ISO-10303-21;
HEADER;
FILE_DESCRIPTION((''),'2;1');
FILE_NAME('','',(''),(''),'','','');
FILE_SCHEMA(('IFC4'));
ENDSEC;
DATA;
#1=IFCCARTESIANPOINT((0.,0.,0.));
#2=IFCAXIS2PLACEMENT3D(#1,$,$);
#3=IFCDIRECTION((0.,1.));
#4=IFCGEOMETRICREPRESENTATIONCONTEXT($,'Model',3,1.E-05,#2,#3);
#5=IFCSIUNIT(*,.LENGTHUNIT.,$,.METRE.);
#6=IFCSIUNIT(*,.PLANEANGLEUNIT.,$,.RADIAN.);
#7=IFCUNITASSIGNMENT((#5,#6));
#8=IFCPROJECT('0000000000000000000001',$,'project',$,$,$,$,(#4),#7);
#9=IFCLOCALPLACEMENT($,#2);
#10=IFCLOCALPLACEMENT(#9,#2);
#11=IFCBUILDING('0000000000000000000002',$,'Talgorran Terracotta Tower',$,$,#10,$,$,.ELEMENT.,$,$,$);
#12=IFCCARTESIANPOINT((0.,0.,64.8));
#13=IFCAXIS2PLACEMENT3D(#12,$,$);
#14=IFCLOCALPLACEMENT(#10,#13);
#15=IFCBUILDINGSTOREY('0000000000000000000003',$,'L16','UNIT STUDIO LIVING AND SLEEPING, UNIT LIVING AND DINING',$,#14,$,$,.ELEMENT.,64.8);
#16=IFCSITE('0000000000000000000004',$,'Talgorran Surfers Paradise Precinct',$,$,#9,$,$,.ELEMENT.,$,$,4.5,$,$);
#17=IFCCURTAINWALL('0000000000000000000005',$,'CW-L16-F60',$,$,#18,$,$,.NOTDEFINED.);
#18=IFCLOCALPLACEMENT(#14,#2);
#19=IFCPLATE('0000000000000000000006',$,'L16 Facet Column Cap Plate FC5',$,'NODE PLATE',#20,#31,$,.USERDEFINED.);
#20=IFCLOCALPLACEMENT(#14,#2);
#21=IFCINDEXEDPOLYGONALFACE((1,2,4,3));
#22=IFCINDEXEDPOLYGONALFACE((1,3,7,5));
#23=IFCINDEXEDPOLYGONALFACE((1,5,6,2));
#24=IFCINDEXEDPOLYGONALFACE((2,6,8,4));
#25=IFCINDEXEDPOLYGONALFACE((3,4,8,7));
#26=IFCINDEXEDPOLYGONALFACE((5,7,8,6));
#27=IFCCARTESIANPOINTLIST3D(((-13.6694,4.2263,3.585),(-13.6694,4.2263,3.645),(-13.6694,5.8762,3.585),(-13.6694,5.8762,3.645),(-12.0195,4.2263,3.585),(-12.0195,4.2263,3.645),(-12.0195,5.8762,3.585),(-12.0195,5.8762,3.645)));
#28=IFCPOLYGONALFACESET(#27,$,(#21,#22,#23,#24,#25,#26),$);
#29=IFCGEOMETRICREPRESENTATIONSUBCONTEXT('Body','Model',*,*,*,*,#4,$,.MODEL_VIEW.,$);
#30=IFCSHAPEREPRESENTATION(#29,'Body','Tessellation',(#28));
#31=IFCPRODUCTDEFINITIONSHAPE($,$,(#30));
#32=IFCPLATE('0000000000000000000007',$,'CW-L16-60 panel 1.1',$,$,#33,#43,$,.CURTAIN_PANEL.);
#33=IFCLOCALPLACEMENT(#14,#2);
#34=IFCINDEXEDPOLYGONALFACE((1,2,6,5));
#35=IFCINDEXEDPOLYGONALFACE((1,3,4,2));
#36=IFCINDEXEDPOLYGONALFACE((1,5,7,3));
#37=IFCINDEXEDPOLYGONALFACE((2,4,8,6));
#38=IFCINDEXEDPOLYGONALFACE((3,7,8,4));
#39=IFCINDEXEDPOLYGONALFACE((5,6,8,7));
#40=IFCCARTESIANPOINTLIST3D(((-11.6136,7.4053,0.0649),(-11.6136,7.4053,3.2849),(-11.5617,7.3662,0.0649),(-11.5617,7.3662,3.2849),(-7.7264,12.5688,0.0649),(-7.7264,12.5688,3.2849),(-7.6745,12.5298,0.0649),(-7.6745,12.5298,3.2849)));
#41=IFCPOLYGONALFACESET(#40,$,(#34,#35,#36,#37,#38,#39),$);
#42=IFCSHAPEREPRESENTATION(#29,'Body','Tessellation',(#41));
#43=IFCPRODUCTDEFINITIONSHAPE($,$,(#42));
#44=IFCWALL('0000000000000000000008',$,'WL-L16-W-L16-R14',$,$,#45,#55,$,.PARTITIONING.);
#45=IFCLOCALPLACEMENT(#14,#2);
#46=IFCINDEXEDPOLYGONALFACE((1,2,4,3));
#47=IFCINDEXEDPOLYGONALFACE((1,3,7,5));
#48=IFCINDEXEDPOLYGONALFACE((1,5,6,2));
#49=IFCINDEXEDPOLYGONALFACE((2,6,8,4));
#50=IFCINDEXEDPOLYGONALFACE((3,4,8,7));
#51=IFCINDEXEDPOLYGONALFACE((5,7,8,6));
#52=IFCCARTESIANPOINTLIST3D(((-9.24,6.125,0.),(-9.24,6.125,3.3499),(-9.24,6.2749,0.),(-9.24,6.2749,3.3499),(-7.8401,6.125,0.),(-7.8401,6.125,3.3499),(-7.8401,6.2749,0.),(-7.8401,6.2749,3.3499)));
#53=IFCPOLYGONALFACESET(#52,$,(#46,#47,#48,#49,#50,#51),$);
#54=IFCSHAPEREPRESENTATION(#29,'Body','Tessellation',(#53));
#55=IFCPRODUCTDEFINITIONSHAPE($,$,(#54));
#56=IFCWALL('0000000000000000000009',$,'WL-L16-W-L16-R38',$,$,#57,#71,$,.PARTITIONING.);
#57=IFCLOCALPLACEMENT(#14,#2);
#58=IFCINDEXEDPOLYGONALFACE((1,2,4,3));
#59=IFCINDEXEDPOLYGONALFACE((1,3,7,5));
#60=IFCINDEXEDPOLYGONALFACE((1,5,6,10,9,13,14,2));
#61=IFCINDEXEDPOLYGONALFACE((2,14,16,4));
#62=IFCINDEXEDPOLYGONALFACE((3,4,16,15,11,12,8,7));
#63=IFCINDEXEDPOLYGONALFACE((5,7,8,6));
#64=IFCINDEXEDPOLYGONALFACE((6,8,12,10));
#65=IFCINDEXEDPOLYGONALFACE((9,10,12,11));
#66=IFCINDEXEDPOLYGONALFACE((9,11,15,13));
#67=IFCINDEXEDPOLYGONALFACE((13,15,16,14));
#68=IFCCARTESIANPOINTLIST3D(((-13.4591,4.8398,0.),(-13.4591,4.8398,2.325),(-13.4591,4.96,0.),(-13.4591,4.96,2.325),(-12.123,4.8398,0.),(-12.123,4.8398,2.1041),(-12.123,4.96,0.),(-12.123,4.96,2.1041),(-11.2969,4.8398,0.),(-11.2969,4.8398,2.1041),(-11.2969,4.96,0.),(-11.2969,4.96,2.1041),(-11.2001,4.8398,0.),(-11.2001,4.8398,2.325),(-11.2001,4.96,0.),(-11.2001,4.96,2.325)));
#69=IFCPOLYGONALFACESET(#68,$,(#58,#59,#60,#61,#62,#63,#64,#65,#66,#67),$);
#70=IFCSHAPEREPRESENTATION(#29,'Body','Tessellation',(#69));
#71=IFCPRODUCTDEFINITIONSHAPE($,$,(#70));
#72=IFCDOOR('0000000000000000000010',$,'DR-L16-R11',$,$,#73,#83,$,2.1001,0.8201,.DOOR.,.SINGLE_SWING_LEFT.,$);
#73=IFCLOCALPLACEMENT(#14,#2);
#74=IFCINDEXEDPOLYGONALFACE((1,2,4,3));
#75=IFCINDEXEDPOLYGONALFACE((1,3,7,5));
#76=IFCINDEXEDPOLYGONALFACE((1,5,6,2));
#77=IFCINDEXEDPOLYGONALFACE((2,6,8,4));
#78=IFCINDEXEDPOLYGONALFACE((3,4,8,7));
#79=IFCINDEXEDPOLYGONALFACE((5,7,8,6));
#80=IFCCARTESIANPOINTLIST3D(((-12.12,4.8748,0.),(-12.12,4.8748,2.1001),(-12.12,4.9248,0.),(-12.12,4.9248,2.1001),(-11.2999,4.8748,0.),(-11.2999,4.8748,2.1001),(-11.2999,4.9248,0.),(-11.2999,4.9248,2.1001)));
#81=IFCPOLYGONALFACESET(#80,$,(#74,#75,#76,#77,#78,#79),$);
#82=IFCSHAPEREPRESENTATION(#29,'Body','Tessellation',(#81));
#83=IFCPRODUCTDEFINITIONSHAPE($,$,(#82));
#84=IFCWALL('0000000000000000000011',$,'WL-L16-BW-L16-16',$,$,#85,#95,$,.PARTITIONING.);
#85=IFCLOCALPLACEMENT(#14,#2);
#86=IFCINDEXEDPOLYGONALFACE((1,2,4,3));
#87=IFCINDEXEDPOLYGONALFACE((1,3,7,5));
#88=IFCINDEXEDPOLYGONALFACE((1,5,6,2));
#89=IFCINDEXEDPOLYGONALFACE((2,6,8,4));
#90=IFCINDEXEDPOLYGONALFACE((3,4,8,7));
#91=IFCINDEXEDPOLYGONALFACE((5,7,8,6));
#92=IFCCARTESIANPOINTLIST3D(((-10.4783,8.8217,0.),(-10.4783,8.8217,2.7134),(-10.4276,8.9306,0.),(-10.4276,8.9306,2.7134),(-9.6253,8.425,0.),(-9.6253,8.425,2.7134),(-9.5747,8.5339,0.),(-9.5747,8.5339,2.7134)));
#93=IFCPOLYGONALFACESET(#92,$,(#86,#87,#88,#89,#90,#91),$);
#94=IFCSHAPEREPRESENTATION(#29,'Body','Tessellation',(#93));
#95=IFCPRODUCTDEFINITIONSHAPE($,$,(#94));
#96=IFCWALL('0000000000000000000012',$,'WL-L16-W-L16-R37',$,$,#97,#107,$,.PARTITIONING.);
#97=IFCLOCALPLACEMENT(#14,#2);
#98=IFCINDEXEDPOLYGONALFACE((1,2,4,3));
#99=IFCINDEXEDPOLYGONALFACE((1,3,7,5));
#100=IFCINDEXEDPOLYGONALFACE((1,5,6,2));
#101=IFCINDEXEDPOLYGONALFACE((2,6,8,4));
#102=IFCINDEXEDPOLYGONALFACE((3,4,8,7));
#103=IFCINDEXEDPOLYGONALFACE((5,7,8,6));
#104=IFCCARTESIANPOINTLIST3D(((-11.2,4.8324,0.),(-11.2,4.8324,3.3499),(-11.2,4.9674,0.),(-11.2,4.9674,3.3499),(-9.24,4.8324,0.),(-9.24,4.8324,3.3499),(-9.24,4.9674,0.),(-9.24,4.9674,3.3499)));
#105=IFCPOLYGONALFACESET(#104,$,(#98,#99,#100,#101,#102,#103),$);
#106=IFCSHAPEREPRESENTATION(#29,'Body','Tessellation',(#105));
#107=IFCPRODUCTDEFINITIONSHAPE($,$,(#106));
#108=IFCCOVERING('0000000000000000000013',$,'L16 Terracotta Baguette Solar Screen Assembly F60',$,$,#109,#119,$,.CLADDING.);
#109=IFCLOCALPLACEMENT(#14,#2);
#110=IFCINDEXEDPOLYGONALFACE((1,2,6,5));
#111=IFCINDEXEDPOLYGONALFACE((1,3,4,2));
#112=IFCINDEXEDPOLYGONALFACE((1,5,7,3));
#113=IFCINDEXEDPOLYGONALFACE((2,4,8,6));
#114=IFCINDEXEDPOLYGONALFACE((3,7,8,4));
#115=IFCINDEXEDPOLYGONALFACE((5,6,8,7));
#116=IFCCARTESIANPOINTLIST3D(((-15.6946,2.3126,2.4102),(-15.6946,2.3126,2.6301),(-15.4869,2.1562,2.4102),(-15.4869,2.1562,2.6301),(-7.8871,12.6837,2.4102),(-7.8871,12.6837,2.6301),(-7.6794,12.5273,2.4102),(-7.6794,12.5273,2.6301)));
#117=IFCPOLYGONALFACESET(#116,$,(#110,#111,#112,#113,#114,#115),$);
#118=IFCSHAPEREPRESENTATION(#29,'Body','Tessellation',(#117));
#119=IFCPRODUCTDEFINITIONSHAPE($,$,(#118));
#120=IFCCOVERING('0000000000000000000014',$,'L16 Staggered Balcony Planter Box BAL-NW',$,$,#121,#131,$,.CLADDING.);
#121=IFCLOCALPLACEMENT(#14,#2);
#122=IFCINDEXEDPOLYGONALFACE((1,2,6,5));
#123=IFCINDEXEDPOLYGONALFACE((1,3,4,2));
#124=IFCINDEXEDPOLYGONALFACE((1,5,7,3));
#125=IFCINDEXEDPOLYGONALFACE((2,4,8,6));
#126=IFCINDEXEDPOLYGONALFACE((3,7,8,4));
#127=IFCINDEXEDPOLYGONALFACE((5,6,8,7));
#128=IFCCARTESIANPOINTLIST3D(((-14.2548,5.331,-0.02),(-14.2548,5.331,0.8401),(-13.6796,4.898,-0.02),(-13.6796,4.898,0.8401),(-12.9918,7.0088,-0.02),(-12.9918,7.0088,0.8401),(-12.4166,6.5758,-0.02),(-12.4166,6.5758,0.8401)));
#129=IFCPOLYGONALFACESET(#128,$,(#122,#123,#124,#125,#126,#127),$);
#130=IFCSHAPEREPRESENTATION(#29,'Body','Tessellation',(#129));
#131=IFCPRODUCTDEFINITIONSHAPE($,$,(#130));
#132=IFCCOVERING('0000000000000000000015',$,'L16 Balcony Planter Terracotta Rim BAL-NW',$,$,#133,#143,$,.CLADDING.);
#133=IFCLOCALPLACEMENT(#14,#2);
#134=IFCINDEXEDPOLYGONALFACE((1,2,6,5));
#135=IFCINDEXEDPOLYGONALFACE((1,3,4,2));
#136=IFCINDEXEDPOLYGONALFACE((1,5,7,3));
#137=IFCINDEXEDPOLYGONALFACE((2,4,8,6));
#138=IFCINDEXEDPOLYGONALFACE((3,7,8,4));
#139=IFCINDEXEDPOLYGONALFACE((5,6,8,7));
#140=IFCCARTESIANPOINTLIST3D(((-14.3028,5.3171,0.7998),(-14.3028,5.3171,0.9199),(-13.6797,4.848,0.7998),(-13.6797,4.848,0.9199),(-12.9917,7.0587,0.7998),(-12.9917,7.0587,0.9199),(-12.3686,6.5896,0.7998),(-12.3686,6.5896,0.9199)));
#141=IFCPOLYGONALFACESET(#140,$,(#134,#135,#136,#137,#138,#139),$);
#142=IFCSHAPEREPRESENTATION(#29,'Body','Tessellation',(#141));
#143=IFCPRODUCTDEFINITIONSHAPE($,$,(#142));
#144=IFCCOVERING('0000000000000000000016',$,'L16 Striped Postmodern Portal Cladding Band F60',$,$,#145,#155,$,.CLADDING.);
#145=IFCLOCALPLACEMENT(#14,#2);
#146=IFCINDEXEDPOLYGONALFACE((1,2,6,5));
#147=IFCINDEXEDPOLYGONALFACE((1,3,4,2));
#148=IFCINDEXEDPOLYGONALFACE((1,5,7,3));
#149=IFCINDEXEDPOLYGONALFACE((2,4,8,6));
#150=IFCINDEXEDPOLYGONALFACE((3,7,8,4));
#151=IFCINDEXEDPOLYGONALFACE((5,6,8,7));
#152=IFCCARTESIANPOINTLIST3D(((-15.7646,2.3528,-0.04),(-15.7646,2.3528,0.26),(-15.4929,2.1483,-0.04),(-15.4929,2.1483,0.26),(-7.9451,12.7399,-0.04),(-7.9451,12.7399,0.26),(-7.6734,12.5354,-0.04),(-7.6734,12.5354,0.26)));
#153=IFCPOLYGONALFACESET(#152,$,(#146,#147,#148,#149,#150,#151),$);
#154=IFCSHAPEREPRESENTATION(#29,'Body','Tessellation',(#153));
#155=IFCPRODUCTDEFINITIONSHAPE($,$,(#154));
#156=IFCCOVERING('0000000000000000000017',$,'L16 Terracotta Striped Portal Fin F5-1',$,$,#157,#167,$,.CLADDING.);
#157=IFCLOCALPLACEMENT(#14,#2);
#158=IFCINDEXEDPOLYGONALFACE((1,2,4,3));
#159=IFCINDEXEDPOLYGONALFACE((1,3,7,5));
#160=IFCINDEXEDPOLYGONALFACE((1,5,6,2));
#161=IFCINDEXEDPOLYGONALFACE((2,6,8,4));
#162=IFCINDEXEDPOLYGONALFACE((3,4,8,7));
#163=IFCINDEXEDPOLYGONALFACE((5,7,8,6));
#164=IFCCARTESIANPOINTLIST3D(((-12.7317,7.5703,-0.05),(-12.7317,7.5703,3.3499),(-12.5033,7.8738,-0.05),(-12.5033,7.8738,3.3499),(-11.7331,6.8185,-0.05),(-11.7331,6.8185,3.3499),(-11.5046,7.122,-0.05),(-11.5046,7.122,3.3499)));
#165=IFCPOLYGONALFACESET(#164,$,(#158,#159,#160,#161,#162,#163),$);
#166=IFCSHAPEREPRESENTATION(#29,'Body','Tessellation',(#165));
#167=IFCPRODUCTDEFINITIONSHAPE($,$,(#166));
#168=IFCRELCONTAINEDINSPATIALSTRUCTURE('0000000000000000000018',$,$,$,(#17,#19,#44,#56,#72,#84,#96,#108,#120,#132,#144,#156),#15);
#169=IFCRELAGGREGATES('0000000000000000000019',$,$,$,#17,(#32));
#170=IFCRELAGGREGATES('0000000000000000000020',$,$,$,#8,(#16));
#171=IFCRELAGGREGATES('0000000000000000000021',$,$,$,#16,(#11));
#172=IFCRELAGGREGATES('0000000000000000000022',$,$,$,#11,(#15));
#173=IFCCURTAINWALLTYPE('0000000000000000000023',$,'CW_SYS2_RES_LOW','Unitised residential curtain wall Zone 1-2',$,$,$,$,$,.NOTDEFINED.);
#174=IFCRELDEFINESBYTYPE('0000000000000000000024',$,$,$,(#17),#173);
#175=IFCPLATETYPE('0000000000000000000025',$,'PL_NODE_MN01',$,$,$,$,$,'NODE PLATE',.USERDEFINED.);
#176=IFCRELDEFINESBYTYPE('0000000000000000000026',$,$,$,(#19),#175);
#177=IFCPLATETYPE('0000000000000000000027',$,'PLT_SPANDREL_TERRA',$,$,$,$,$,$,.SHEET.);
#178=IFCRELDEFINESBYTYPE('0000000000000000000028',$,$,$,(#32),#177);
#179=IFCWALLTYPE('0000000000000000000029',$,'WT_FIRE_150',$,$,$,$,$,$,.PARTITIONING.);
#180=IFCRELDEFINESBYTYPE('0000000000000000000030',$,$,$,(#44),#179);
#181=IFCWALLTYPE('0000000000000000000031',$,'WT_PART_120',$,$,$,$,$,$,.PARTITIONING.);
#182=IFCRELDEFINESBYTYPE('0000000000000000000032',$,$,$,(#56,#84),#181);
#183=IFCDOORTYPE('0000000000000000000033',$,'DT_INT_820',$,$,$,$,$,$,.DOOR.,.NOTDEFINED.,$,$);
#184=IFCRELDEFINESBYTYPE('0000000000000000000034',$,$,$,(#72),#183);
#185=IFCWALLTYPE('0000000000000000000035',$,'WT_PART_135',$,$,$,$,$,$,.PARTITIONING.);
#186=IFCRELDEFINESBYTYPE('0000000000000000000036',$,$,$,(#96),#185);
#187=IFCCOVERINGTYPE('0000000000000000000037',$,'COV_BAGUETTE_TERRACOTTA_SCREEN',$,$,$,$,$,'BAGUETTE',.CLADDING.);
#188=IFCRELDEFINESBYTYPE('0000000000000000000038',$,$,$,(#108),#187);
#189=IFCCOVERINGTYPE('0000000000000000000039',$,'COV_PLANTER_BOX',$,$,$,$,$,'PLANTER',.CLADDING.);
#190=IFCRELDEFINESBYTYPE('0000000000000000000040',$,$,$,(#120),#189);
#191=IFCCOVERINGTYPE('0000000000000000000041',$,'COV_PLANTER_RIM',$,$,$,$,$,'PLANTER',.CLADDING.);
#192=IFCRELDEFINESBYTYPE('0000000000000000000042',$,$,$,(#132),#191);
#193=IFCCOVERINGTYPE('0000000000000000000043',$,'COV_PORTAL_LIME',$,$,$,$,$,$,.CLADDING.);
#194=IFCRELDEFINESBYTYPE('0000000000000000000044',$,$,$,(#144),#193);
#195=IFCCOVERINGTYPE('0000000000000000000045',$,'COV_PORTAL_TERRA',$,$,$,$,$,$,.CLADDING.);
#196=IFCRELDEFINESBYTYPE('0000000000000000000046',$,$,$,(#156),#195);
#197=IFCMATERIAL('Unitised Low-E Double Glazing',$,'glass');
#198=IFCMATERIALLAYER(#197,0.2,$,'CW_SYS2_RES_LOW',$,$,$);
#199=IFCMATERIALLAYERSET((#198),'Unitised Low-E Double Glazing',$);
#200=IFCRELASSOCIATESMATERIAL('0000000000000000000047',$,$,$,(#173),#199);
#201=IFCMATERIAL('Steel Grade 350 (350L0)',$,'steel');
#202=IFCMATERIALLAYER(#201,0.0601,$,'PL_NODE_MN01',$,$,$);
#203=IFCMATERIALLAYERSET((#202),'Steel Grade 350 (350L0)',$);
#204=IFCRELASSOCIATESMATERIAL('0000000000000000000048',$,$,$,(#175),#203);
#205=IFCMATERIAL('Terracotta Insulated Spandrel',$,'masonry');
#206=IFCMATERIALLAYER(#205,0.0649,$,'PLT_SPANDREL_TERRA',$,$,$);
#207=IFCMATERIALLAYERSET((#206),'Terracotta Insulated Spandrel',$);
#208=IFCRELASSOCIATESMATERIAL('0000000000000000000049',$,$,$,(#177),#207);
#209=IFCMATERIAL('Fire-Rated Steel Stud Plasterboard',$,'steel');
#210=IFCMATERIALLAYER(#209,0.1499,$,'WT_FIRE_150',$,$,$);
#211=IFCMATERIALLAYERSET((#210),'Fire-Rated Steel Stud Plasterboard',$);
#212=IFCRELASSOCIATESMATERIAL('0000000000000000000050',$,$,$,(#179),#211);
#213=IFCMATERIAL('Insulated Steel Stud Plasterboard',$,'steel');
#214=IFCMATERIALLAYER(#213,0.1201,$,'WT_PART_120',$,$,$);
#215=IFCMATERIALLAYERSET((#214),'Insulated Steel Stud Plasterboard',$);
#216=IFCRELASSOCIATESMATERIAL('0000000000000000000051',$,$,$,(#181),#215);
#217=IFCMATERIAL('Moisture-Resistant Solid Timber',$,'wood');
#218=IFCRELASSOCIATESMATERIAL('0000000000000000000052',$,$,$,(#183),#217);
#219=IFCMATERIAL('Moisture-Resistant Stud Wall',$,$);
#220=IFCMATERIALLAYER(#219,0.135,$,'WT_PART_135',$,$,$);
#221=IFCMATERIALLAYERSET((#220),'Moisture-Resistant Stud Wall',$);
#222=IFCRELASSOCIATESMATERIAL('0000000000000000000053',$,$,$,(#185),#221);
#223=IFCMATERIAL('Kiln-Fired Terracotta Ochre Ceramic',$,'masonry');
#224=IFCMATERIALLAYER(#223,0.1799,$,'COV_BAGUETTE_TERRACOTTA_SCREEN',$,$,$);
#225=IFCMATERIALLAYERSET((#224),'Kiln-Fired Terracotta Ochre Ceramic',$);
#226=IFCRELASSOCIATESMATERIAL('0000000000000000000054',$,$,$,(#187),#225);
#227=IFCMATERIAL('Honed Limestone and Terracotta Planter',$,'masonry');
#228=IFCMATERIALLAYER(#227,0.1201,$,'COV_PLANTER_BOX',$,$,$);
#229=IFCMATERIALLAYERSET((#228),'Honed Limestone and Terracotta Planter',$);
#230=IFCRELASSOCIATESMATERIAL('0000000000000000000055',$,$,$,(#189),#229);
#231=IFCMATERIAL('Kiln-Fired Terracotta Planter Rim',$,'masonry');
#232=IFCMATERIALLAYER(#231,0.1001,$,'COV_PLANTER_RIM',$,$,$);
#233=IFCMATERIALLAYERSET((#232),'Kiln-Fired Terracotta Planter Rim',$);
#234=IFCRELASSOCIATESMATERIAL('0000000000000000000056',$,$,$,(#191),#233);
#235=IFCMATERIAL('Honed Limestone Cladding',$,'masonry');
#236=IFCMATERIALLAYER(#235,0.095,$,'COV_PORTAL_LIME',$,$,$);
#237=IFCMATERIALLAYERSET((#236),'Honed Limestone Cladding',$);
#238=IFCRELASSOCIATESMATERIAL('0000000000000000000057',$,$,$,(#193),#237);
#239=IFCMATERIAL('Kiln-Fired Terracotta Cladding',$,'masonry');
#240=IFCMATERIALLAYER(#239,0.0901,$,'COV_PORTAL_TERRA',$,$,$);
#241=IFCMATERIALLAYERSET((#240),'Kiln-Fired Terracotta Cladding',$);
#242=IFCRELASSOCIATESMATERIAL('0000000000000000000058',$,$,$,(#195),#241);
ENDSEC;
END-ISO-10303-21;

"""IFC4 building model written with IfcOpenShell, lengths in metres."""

from ifc_helpers import new_model, si_unit, direction, frame, frame_2d, origin, origin_2d, place, context, subcontext, project, spatial, rectangle, extrude, source, transform, mapped, material, layer, layer_set, type_object, type_shapes, element, fill, aggregate, save


model = new_model("IFC4")

# Units and contexts
model_context = context("Model", 3, precision=1e-05, world=origin(), true_north=direction((0.0, 1.0)))
body_context = subcontext(model_context, "Body", "Model", "MODEL_VIEW")
ifc_project = project(units=[si_unit("LENGTHUNIT", "METRE"), si_unit("PLANEANGLEUNIT", "RADIAN")], contexts=[model_context])

# Site, building, storey
site_placement = place(None, origin())
site = spatial("IfcSite", under=ifc_project, at=site_placement, Name="Talgorran Surfers Paradise Precinct", CompositionType="ELEMENT", RefElevation=4.5)
building_placement = place(site_placement, origin())
building = spatial("IfcBuilding", under=site, at=building_placement, Name="Talgorran Terracotta Tower", CompositionType="ELEMENT")
storey_placement = place(building_placement, frame((0.0, 0.0, 64.8)))
storey = spatial("IfcBuildingStorey", under=building, at=storey_placement, Name="L16", Description="UNIT STUDIO LIVING AND SLEEPING, UNIT LIVING AND DINING", CompositionType="ELEMENT", Elevation=64.8)

# Shared definitions
ifc_material_1 = material(Name="Steel Grade 350 (350L0)", Category="steel")

# Curtain wall
ifc_material_2 = material(Name="Unitised Low-E Double Glazing", Category="glass")
ifc_layer_1 = layer(ifc_material_2, 0.2, Name="CW_SYS2_RES_LOW")
ifc_layer_set_1 = layer_set([ifc_layer_1], Name="Unitised Low-E Double Glazing")
curtain_wall_type = type_object("IfcCurtainWallType", Name="CW_SYS2_RES_LOW", Description="Unitised residential curtain wall Zone 1-2", PredefinedType="NOTDEFINED", material=ifc_layer_set_1)
curtain_wall_placement = place(storey_placement, origin())
curtain_wall = element("IfcCurtainWall", 1, at=curtain_wall_placement, inside=storey, type_object=curtain_wall_type, Name="CW-L16-F60", PredefinedType="NOTDEFINED")

# Plate
ifc_layer_2 = layer(ifc_material_1, 0.0601, Name="PL_NODE_MN01")
ifc_layer_set_2 = layer_set([ifc_layer_2], Name="Steel Grade 350 (350L0)")
plate_type_1 = type_object("IfcPlateType", Name="PL_NODE_MN01", ElementType="NODE PLATE", PredefinedType="USERDEFINED", material=ifc_layer_set_2)
plate_1_placement = place(storey_placement, frame((-12.8445, 5.0513, 3.585), z_axis=(0.0, 0.0, 1.0), x_axis=(1.0, 0.0, 0.0)))
element("IfcPlate", 2, at=plate_1_placement, inside=storey, type_object=plate_type_1, Name="L16 Facet Column Cap Plate FC5", ObjectType="NODE PLATE", PredefinedType="USERDEFINED", context=body_context, shape_type="SweptSolid", body=[
    extrude(rectangle(XDim=1.6499, YDim=1.6499, at=origin_2d()), origin(), (0.0, 0.0, 1.0), 0.0601),
])

# Plate
ifc_material_3 = material(Name="Terracotta Insulated Spandrel", Category="masonry")
ifc_layer_3 = layer(ifc_material_3, 0.0649, Name="PLT_SPANDREL_TERRA")
ifc_layer_set_3 = layer_set([ifc_layer_3], Name="Terracotta Insulated Spandrel")
plate_type_2 = type_object("IfcPlateType", Name="PLT_SPANDREL_TERRA", PredefinedType="SHEET", material=ifc_layer_set_3)
shared_shape = source(origin(), body_context, "Body", "SweptSolid", [
    extrude(rectangle(XDim=6.4631, YDim=0.0649, at=origin_2d()), origin(), (0.0, 0.0, 1.0), 3.22),
])
type_shapes(plate_type_2, [shared_shape])
plate_2_placement = place(storey_placement, frame((-9.644, 9.9675, 0.0649), z_axis=(0.0, 0.0, 1.0), x_axis=(-0.601439, -0.798919, 0.0)))
plate_2 = element("IfcPlate", 3, at=plate_2_placement, type_object=plate_type_2, Name="CW-L16-60 panel 1.1", PredefinedType="CURTAIN_PANEL", context=body_context, shape_type="MappedRepresentation", body=[
    mapped(shared_shape, transform((0.0, 0.0, 0.0), scale=1.0)),
])
aggregate(curtain_wall, [plate_2])

# Wall
ifc_material_4 = material(Name="Fire-Rated Steel Stud Plasterboard", Category="steel")
ifc_layer_4 = layer(ifc_material_4, 0.1499, Name="WT_FIRE_150")
ifc_layer_set_4 = layer_set([ifc_layer_4], Name="Fire-Rated Steel Stud Plasterboard")
wall_type_1 = type_object("IfcWallType", Name="WT_FIRE_150", PredefinedType="PARTITIONING", material=ifc_layer_set_4)
wall_1_placement = place(storey_placement, frame((-9.24, 6.2, 0.0), z_axis=(0.0, 0.0, 1.0), x_axis=(1.0, 0.0, 0.0)))
element("IfcWall", 4, at=wall_1_placement, inside=storey, type_object=wall_type_1, Name="WL-L16-W-L16-R14", PredefinedType="PARTITIONING", context=body_context, shape_type="SweptSolid", body=[
    extrude(rectangle(XDim=1.3999, YDim=0.1499, at=frame_2d((0.7, 0.0))), origin(), (0.0, 0.0, 1.0), 3.3499),
])

# Wall, opening, door
ifc_material_5 = material(Name="Insulated Steel Stud Plasterboard", Category="steel")
ifc_layer_5 = layer(ifc_material_5, 0.1201, Name="WT_PART_120")
ifc_layer_set_5 = layer_set([ifc_layer_5], Name="Insulated Steel Stud Plasterboard")
wall_type_2 = type_object("IfcWallType", Name="WT_PART_120", PredefinedType="PARTITIONING", material=ifc_layer_set_5)
wall_2_placement = place(storey_placement, frame((-13.459, 4.8999, 0.0), z_axis=(0.0, 0.0, 1.0), x_axis=(1.0, 0.0, 0.0)))
wall_2 = element("IfcWall", 5, at=wall_2_placement, inside=storey, type_object=wall_type_2, Name="WL-L16-W-L16-R38", PredefinedType="PARTITIONING", context=body_context, shape_type="SweptSolid", body=[
    extrude(rectangle(XDim=2.259, YDim=0.1201, at=frame_2d((1.1294, 0.0))), origin(), (0.0, 0.0, 1.0), 2.325),
])
opening_placement = place(wall_2_placement, frame((1.3389, 0.0, 0.0)))
opening = element("IfcOpeningElement", 6, at=opening_placement, cuts=wall_2, PredefinedType="OPENING", context=body_context, shape_type="SweptSolid", body=[
    extrude(rectangle(XDim=0.8261, YDim=2.1041, at=frame_2d((0.4102, 1.052))), frame((0.0, 0.0701, 0.0), z_axis=(0.0, -1.0, 0.0), x_axis=(1.0, 0.0, 0.0)), (0.0, 0.0, 1.0), 0.1401),
])
ifc_material_6 = material(Name="Moisture-Resistant Solid Timber", Category="wood")
door_type = type_object("IfcDoorType", Name="DT_INT_820", OperationType="NOTDEFINED", PredefinedType="DOOR", material=ifc_material_6)
door_placement = place(opening_placement, origin())
door = element("IfcDoor", 7, at=door_placement, inside=storey, type_object=door_type, Name="DR-L16-R11", OperationType="SINGLE_SWING_LEFT", OverallHeight=2.1001, OverallWidth=0.8201, PredefinedType="DOOR", context=body_context, shape_type="SweptSolid", body=[
    extrude(rectangle(XDim=0.8201, YDim=2.1001, at=frame_2d((0.4102, 1.05))), frame((0.0, 0.0249, 0.0), z_axis=(0.0, -1.0, 0.0), x_axis=(1.0, 0.0, 0.0)), (0.0, 0.0, 1.0), 0.05),
])
fill(opening, door)

# Walls
wall_3_placement = place(storey_placement, frame((-9.6001, 8.4795, 0.0), z_axis=(0.0, 0.0, 1.0), x_axis=(-0.906733, 0.421706, 0.0)))
element("IfcWall", 8, at=wall_3_placement, inside=storey, type_object=wall_type_2, Name="WL-L16-BW-L16-16", PredefinedType="PARTITIONING", context=body_context, shape_type="SweptSolid", body=[
    extrude(rectangle(XDim=0.9407, YDim=0.1201, at=frame_2d((0.4702, 0.0))), origin(), (0.0, 0.0, 1.0), 2.7134),
])
ifc_material_7 = material(Name="Moisture-Resistant Stud Wall")
ifc_layer_6 = layer(ifc_material_7, 0.135, Name="WT_PART_135")
ifc_layer_set_6 = layer_set([ifc_layer_6], Name="Moisture-Resistant Stud Wall")
wall_type_3 = type_object("IfcWallType", Name="WT_PART_135", PredefinedType="PARTITIONING", material=ifc_layer_set_6)
wall_4_placement = place(storey_placement, frame((-11.2, 4.8999, 0.0), z_axis=(0.0, 0.0, 1.0), x_axis=(1.0, 0.0, 0.0)))
element("IfcWall", 9, at=wall_4_placement, inside=storey, type_object=wall_type_3, Name="WL-L16-W-L16-R37", PredefinedType="PARTITIONING", context=body_context, shape_type="SweptSolid", body=[
    extrude(rectangle(XDim=1.96, YDim=0.135, at=frame_2d((0.98, 0.0))), origin(), (0.0, 0.0, 1.0), 3.3499),
])

# Coverings
ifc_material_8 = material(Name="Kiln-Fired Terracotta Ochre Ceramic", Category="masonry")
ifc_layer_7 = layer(ifc_material_8, 0.1799, Name="COV_BAGUETTE_TERRACOTTA_SCREEN")
ifc_layer_set_7 = layer_set([ifc_layer_7], Name="Kiln-Fired Terracotta Ochre Ceramic")
covering_type_1 = type_object("IfcCoveringType", Name="COV_BAGUETTE_TERRACOTTA_SCREEN", ElementType="BAGUETTE", PredefinedType="CLADDING", material=ifc_layer_set_7)
covering_1_placement = place(storey_placement, frame((-11.687, 7.4199, 2.4102), z_axis=(0.0, 0.0, 1.0), x_axis=(-0.601439, -0.798919, 0.0)))
element("IfcCovering", 10, at=covering_1_placement, inside=storey, type_object=covering_type_1, Name="L16 Terracotta Baguette Solar Screen Assembly F60", PredefinedType="CLADDING", context=body_context, shape_type="SweptSolid", body=[
    extrude(rectangle(XDim=12.9814, YDim=0.26, at=origin_2d()), origin(), (0.0, 0.0, 1.0), 0.22),
])
ifc_material_9 = material(Name="Honed Limestone and Terracotta Planter", Category="masonry")
ifc_layer_8 = layer(ifc_material_9, 0.1201, Name="COV_PLANTER_BOX")
ifc_layer_set_8 = layer_set([ifc_layer_8], Name="Honed Limestone and Terracotta Planter")
covering_type_2 = type_object("IfcCoveringType", Name="COV_PLANTER_BOX", ElementType="PLANTER", PredefinedType="CLADDING", material=ifc_layer_set_8)
covering_2_placement = place(storey_placement, frame((-13.3357, 5.9534, -0.02), z_axis=(0.0, 0.0, 1.0), x_axis=(-0.601439, -0.798919, 0.0)))
element("IfcCovering", 11, at=covering_2_placement, inside=storey, type_object=covering_type_2, Name="L16 Staggered Balcony Planter Box BAL-NW", PredefinedType="CLADDING", context=body_context, shape_type="SweptSolid", body=[
    extrude(rectangle(XDim=2.1001, YDim=0.72, at=origin_2d()), origin(), (0.0, 0.0, 1.0), 0.8601),
])
ifc_material_10 = material(Name="Kiln-Fired Terracotta Planter Rim", Category="masonry")
ifc_layer_9 = layer(ifc_material_10, 0.1001, Name="COV_PLANTER_RIM")
ifc_layer_set_9 = layer_set([ifc_layer_9], Name="Kiln-Fired Terracotta Planter Rim")
covering_type_3 = type_object("IfcCoveringType", Name="COV_PLANTER_RIM", ElementType="PLANTER", PredefinedType="CLADDING", material=ifc_layer_set_9)
covering_3_placement = place(storey_placement, frame((-13.3357, 5.9534, 0.7998), z_axis=(0.0, 0.0, 1.0), x_axis=(-0.601439, -0.798919, 0.0)))
element("IfcCovering", 12, at=covering_3_placement, inside=storey, type_object=covering_type_3, Name="L16 Balcony Planter Terracotta Rim BAL-NW", PredefinedType="CLADDING", context=body_context, shape_type="SweptSolid", body=[
    extrude(rectangle(XDim=2.1799, YDim=0.78, at=origin_2d()), origin(), (0.0, 0.0, 1.0), 0.1201),
])
ifc_material_11 = material(Name="Honed Limestone Cladding", Category="masonry")
ifc_layer_10 = layer(ifc_material_11, 0.095, Name="COV_PORTAL_LIME")
ifc_layer_set_10 = layer_set([ifc_layer_10], Name="Honed Limestone Cladding")
covering_type_4 = type_object("IfcCoveringType", Name="COV_PORTAL_LIME", PredefinedType="CLADDING", material=ifc_layer_set_10)
covering_4_placement = place(storey_placement, frame((-11.719, 7.4441, -0.04), z_axis=(0.0, 0.0, 1.0), x_axis=(-0.601439, -0.798919, 0.0)))
element("IfcCovering", 13, at=covering_4_placement, inside=storey, type_object=covering_type_4, Name="L16 Striped Postmodern Portal Cladding Band F60", PredefinedType="CLADDING", context=body_context, shape_type="SweptSolid", body=[
    extrude(rectangle(XDim=13.0015, YDim=0.3401, at=origin_2d()), origin(), (0.0, 0.0, 1.0), 0.3),
])
ifc_material_12 = material(Name="Kiln-Fired Terracotta Cladding", Category="masonry")
ifc_layer_11 = layer(ifc_material_12, 0.0901, Name="COV_PORTAL_TERRA")
ifc_layer_set_11 = layer_set([ifc_layer_11], Name="Kiln-Fired Terracotta Cladding")
covering_type_5 = type_object("IfcCoveringType", Name="COV_PORTAL_TERRA", PredefinedType="CLADDING", material=ifc_layer_set_11)
covering_5_placement = place(storey_placement, frame((-12.1182, 7.3462, -0.05), z_axis=(0.0, 0.0, 1.0), x_axis=(-0.601439, -0.798919, 0.0)))
element("IfcCovering", 14, at=covering_5_placement, inside=storey, type_object=covering_type_5, Name="L16 Terracotta Striped Portal Fin F5-1", PredefinedType="CLADDING", context=body_context, shape_type="SweptSolid", body=[
    extrude(rectangle(XDim=0.3799, YDim=1.25, at=origin_2d()), origin(), (0.0, 0.0, 1.0), 3.3999),
])

save(model, "model.ifc")
